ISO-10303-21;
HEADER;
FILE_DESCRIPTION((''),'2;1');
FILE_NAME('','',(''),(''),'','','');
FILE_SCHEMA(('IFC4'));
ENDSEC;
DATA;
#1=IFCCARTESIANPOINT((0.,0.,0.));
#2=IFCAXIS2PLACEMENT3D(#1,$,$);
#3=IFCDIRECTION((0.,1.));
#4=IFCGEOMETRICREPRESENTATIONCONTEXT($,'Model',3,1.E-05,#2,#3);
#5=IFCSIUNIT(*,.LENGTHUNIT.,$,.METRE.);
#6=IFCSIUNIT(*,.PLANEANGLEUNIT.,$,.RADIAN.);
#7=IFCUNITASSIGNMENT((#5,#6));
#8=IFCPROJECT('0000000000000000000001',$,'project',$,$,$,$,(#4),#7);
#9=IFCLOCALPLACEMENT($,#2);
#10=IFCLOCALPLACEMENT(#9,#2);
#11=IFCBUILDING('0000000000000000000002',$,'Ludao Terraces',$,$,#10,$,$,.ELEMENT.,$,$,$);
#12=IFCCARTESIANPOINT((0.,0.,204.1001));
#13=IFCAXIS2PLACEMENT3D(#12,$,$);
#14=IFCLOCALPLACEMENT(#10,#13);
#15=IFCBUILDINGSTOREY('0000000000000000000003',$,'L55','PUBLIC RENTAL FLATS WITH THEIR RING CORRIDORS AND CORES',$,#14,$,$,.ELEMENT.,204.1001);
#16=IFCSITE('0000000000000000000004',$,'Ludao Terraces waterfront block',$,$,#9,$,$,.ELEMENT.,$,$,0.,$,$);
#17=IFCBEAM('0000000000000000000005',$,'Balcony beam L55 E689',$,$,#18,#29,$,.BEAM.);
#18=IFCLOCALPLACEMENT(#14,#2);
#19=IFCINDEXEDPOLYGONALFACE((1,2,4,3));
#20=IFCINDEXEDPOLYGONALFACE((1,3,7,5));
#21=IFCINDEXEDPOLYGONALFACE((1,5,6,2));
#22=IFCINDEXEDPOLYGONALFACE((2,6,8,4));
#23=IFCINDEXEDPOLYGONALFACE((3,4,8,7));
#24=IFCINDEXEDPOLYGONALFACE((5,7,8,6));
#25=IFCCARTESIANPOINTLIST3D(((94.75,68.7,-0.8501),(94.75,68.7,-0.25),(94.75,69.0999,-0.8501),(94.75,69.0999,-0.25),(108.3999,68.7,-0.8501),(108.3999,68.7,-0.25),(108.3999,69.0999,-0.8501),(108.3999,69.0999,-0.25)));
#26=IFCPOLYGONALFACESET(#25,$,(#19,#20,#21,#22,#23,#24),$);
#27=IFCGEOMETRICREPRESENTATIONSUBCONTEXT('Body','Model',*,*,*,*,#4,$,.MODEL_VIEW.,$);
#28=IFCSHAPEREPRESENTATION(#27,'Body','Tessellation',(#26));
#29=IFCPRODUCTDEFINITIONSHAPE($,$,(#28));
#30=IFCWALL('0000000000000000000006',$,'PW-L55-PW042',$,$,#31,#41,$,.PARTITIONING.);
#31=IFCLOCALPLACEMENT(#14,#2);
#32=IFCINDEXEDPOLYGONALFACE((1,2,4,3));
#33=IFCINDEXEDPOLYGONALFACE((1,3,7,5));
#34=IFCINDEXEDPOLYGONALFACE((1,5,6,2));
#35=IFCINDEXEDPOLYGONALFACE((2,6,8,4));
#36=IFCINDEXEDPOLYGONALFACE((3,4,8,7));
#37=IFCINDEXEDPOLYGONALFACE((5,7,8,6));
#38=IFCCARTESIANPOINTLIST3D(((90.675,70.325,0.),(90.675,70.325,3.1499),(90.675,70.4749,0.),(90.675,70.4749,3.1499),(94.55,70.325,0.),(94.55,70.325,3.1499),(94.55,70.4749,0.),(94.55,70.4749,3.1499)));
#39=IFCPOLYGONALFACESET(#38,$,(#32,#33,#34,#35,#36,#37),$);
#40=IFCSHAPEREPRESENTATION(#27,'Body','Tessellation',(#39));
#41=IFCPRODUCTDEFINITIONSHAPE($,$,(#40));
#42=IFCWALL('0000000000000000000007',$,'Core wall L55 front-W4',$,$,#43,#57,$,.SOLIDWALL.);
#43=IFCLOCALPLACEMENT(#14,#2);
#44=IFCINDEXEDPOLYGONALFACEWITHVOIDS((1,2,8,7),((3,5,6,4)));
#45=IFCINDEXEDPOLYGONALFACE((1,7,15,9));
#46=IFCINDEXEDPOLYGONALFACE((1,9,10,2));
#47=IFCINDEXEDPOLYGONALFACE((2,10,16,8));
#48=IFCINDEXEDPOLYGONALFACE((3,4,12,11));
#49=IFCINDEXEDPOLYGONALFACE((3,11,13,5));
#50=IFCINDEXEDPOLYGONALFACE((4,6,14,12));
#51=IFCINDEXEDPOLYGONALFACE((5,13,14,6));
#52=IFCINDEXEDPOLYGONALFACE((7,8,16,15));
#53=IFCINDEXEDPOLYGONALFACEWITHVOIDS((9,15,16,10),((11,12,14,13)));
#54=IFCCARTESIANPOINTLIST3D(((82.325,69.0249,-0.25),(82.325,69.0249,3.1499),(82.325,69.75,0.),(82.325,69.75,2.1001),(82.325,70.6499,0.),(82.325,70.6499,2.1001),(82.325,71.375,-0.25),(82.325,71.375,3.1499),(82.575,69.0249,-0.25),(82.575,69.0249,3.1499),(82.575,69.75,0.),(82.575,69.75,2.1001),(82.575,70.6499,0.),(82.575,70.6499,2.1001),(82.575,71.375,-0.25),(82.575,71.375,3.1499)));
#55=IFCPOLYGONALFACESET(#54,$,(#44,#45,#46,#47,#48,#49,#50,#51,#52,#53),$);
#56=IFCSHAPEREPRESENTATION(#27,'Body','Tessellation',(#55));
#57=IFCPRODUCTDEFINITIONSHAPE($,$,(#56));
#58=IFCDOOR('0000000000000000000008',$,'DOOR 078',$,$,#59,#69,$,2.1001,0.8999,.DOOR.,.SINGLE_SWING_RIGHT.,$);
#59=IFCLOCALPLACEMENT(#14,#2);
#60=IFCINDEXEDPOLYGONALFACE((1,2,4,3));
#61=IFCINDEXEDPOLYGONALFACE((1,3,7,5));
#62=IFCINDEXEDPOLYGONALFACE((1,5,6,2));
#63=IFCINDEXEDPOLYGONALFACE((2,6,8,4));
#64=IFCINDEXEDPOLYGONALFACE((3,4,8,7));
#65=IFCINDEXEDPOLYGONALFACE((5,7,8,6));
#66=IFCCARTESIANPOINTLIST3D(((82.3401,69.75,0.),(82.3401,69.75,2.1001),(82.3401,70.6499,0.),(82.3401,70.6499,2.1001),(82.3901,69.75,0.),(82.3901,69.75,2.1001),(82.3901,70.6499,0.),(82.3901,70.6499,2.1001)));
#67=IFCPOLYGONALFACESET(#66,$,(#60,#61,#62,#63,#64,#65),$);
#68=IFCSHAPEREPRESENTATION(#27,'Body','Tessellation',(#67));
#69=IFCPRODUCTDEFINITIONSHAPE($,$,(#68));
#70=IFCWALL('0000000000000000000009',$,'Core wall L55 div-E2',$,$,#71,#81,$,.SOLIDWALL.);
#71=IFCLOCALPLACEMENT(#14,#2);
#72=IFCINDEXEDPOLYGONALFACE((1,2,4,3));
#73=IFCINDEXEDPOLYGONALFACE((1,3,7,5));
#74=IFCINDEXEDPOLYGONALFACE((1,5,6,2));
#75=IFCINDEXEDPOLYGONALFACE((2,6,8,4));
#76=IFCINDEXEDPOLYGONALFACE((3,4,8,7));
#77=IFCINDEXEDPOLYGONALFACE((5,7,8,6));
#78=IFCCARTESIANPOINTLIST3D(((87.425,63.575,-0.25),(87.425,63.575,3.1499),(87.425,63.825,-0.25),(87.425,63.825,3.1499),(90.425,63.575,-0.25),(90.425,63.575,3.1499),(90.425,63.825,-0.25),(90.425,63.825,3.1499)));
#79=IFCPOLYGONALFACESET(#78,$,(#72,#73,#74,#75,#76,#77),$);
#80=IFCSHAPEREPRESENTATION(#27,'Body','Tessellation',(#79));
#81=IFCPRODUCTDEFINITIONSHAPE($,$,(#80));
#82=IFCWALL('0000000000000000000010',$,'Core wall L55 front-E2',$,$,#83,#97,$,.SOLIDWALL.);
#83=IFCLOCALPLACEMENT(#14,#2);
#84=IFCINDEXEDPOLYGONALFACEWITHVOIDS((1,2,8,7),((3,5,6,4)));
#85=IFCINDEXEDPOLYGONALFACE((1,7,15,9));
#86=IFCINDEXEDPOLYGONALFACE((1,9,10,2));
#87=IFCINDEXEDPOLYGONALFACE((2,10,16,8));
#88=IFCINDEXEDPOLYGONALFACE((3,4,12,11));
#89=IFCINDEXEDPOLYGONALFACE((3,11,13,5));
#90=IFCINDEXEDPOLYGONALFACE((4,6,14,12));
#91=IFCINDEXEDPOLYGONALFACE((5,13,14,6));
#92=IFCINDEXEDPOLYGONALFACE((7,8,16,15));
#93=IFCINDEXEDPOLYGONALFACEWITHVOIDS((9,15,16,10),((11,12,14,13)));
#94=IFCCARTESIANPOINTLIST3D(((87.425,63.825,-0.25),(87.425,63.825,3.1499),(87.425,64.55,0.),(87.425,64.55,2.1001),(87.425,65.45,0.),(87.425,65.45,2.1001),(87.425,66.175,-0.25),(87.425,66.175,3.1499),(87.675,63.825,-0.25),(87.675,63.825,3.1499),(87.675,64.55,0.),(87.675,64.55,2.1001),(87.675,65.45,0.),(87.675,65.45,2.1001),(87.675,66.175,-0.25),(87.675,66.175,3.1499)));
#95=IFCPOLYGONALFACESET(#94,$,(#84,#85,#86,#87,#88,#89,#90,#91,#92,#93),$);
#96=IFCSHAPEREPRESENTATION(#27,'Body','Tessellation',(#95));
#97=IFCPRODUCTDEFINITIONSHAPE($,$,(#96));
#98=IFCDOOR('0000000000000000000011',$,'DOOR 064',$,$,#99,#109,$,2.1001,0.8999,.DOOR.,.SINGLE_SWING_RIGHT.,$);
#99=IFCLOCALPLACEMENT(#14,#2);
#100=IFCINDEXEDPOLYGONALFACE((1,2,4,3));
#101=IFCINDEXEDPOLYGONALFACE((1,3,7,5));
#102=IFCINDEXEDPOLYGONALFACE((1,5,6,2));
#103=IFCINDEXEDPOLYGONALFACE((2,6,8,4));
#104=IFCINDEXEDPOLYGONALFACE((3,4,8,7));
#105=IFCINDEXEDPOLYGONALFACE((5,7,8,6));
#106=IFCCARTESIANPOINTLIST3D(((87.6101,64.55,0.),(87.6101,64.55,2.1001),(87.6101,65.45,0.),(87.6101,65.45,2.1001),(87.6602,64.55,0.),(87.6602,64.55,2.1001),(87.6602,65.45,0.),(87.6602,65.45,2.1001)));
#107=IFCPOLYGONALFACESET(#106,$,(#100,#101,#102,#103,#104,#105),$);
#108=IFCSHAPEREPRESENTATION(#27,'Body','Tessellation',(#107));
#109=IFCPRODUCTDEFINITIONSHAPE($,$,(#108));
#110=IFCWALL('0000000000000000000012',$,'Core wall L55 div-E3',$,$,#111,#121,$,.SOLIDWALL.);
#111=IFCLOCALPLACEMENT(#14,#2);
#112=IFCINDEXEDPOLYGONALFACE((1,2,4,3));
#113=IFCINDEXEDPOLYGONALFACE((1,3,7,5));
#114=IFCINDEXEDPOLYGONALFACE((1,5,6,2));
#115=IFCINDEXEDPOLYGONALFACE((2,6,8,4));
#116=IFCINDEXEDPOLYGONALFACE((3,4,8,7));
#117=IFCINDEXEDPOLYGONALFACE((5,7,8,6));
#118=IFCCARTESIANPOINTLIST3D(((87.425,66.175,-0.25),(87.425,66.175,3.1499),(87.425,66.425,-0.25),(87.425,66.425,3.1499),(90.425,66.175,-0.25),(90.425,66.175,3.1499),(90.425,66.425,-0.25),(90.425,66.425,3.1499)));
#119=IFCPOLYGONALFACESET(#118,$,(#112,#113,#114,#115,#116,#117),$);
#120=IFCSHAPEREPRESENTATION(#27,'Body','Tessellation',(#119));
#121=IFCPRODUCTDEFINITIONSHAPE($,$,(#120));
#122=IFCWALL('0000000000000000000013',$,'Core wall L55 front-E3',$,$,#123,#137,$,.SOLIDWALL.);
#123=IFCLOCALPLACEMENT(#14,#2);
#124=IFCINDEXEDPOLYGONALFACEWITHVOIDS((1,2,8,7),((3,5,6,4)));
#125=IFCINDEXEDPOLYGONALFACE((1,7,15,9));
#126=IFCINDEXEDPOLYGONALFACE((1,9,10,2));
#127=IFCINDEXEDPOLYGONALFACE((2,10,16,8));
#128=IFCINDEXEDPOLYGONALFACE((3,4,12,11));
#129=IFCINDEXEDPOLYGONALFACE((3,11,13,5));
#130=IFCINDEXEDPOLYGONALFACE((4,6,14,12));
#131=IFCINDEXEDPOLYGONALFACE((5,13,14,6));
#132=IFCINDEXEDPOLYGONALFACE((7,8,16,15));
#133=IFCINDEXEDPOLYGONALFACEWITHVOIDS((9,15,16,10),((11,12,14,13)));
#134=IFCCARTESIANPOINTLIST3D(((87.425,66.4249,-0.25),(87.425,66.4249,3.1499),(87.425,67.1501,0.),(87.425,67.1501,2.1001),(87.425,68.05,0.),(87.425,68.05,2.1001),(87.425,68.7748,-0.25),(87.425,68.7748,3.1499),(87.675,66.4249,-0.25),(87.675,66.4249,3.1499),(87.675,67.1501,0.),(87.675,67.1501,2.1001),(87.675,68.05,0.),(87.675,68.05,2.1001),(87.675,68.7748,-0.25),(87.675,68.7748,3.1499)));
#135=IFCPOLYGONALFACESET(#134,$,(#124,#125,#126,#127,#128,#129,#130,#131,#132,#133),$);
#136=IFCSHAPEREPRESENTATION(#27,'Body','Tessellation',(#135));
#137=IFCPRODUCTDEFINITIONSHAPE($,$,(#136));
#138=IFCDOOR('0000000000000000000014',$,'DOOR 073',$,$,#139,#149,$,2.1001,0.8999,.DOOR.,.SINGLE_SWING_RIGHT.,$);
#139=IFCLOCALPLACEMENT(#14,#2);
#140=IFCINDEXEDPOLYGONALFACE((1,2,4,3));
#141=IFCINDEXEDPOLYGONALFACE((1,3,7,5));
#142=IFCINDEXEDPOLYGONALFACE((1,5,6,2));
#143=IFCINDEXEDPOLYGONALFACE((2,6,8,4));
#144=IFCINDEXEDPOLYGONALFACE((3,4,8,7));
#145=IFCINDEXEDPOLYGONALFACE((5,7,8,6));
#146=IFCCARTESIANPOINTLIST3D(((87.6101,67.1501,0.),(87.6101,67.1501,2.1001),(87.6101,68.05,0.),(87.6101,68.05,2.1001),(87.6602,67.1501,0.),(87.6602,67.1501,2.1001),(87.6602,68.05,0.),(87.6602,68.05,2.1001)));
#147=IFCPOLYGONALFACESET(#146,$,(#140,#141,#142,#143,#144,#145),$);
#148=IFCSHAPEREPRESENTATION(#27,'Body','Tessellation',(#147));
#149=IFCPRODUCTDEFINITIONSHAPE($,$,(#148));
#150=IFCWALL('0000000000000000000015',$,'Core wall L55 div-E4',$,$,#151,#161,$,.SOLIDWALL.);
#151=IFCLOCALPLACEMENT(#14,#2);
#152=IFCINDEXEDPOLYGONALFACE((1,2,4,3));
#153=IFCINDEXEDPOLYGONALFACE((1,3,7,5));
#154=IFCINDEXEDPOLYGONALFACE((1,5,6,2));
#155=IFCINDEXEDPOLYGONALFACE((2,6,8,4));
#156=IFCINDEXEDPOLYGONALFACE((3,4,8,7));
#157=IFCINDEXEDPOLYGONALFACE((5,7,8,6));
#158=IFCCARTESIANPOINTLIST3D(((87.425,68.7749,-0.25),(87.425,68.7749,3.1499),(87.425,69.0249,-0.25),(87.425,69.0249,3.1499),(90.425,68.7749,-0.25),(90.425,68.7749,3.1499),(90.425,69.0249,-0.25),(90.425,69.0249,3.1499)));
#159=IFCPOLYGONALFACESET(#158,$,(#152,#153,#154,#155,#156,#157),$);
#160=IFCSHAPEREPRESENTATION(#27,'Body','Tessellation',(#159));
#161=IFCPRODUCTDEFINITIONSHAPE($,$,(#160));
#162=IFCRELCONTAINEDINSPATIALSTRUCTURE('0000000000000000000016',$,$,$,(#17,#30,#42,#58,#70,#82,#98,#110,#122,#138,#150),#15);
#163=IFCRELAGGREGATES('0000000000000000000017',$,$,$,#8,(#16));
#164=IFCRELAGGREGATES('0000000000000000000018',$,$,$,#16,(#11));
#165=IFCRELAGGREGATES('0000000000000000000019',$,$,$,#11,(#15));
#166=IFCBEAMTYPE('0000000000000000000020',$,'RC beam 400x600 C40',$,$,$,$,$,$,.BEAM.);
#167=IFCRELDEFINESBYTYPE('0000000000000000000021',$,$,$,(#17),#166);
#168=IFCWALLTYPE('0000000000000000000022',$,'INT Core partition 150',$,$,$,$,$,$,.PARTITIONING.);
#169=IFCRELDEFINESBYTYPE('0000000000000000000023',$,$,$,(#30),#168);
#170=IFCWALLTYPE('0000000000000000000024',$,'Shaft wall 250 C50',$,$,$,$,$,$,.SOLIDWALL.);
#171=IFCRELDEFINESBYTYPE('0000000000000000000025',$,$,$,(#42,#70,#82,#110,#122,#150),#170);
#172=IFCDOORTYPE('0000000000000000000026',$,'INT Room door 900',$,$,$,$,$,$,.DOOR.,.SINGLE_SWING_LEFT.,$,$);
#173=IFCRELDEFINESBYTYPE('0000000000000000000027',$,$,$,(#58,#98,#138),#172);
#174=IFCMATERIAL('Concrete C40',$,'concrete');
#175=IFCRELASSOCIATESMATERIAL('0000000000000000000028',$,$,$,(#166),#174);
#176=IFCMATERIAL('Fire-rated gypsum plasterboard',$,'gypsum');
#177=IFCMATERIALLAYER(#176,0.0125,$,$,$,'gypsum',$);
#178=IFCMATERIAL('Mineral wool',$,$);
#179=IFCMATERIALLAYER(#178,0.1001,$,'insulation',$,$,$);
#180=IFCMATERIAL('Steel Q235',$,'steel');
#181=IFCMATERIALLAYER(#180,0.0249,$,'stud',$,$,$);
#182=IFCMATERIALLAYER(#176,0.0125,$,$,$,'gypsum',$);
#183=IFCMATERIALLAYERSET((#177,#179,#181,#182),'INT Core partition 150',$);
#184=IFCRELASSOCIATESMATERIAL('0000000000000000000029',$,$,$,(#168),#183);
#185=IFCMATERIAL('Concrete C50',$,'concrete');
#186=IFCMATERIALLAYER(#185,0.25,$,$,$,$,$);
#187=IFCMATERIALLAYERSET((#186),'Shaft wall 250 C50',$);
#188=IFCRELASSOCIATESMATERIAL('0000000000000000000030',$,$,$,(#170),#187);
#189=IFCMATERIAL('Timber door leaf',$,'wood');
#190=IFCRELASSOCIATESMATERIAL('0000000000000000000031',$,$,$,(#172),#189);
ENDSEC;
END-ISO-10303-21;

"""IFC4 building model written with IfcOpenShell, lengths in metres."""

from ifc_helpers import new_model, si_unit, direction, frame, frame_2d, origin, origin_2d, place, context, subcontext, project, spatial, rectangle, extrude, material, layer, layer_set, material_profile, profile_set, type_object, element, fill, save


model = new_model("IFC4")

# Units and contexts
model_context = context("Model", 3, precision=1e-05, world=origin(), true_north=direction((0.0, 1.0)))
body_context = subcontext(model_context, "Body", "Model", "MODEL_VIEW")
ifc_project = project(units=[si_unit("LENGTHUNIT", "METRE"), si_unit("PLANEANGLEUNIT", "RADIAN")], contexts=[model_context])

# Site, building, storey
site_placement = place(None, origin())
site = spatial("IfcSite", under=ifc_project, at=site_placement, Name="Ludao Terraces waterfront block", CompositionType="ELEMENT", RefElevation=0.0)
building_placement = place(site_placement, origin())
building = spatial("IfcBuilding", under=site, at=building_placement, Name="Ludao Terraces", CompositionType="ELEMENT")
storey_placement = place(building_placement, frame((0.0, 0.0, 204.1001)))
storey = spatial("IfcBuildingStorey", under=building, at=storey_placement, Name="L55", Description="PUBLIC RENTAL FLATS WITH THEIR RING CORRIDORS AND CORES", CompositionType="ELEMENT", Elevation=204.1001)

# Beam
ifc_material_1 = material(Name="Concrete C40", Category="concrete")
ifc_material_profile = material_profile(ifc_material_1, rectangle(XDim=0.3999, YDim=0.6001, at=origin_2d()), Name="400 X 600")
ifc_profile_set = profile_set([ifc_material_profile], Name="Concrete C40")
beam_type = type_object("IfcBeamType", Name="RC beam 400x600 C40", PredefinedType="BEAM", material=ifc_profile_set)
beam_placement = place(storey_placement, frame((94.75, 68.8999, -0.55), z_axis=(1.0, 0.0, 0.0), x_axis=(0.0, 1.0, 0.0)))
element("IfcBeam", 1, at=beam_placement, inside=storey, type_object=beam_type, Name="Balcony beam L55 E689", PredefinedType="BEAM", context=body_context, shape_type="SweptSolid", body=[
    extrude(rectangle(XDim=0.3999, YDim=0.6001, at=origin_2d()), origin(), (0.0, 0.0, 1.0), 13.6499),
])

# Wall
ifc_material_2 = material(Name="Fire-rated gypsum plasterboard", Category="gypsum")
ifc_layer_1 = layer(ifc_material_2, 0.0125, Category="gypsum")
ifc_material_3 = material(Name="Mineral wool")
ifc_layer_2 = layer(ifc_material_3, 0.1001, Name="insulation")
ifc_material_4 = material(Name="Steel Q235", Category="steel")
ifc_layer_3 = layer(ifc_material_4, 0.0249, Name="stud")
ifc_layer_4 = layer(ifc_material_2, 0.0125, Category="gypsum")
ifc_layer_set_1 = layer_set([ifc_layer_1, ifc_layer_2, ifc_layer_3, ifc_layer_4], Name="INT Core partition 150")
wall_type_1 = type_object("IfcWallType", Name="INT Core partition 150", PredefinedType="PARTITIONING", material=ifc_layer_set_1)
wall_1_placement = place(storey_placement, frame((90.675, 70.3999, 0.0), z_axis=(0.0, 0.0, 1.0), x_axis=(1.0, 0.0, 0.0)))
element("IfcWall", 2, at=wall_1_placement, inside=storey, type_object=wall_type_1, Name="PW-L55-PW042", PredefinedType="PARTITIONING", context=body_context, shape_type="SweptSolid", body=[
    extrude(rectangle(XDim=3.875, YDim=0.1499, at=frame_2d((1.9375, 0.0))), origin(), (0.0, 0.0, 1.0), 3.1499),
])

# Wall, opening, door
ifc_material_5 = material(Name="Concrete C50", Category="concrete")
ifc_layer_5 = layer(ifc_material_5, 0.25)
ifc_layer_set_2 = layer_set([ifc_layer_5], Name="Shaft wall 250 C50")
wall_type_2 = type_object("IfcWallType", Name="Shaft wall 250 C50", PredefinedType="SOLIDWALL", material=ifc_layer_set_2)
wall_2_placement = place(storey_placement, frame((82.45, 69.0249, -0.25), z_axis=(0.0, 0.0, 1.0), x_axis=(0.0, 1.0, 0.0)))
wall_2 = element("IfcWall", 3, at=wall_2_placement, inside=storey, type_object=wall_type_2, Name="Core wall L55 front-W4", PredefinedType="SOLIDWALL", context=body_context, shape_type="SweptSolid", body=[
    extrude(rectangle(XDim=2.3501, YDim=0.25, at=frame_2d((1.175, 0.0))), origin(), (0.0, 0.0, 1.0), 3.3999),
])
opening_1_placement = place(wall_2_placement, frame((0.7251, 0.0, 0.25)))
opening_1 = element("IfcOpeningElement", 4, at=opening_1_placement, cuts=wall_2, PredefinedType="OPENING", context=body_context, shape_type="SweptSolid", body=[
    extrude(rectangle(XDim=0.8999, YDim=2.1001, at=frame_2d((0.45, 1.05))), frame((0.0, 0.135, 0.0), z_axis=(0.0, -1.0, 0.0), x_axis=(1.0, 0.0, 0.0)), (0.0, 0.0, 1.0), 0.27),
])
ifc_material_6 = material(Name="Timber door leaf", Category="wood")
door_type = type_object("IfcDoorType", Name="INT Room door 900", OperationType="SINGLE_SWING_LEFT", PredefinedType="DOOR", material=ifc_material_6)
door_1_placement = place(opening_1_placement, origin())
door_1 = element("IfcDoor", 5, at=door_1_placement, inside=storey, type_object=door_type, Name="DOOR 078", OperationType="SINGLE_SWING_RIGHT", OverallHeight=2.1001, OverallWidth=0.8999, PredefinedType="DOOR", context=body_context, shape_type="SweptSolid", body=[
    extrude(rectangle(XDim=0.8999, YDim=2.1001, at=frame_2d((0.45, 1.05))), frame((0.0, 0.1099, 0.0), z_axis=(0.0, -1.0, 0.0), x_axis=(1.0, 0.0, 0.0)), (0.0, 0.0, 1.0), 0.05),
])
fill(opening_1, door_1)

# Wall
wall_3_placement = place(storey_placement, frame((87.425, 63.7, -0.25), z_axis=(0.0, 0.0, 1.0), x_axis=(1.0, 0.0, 0.0)))
element("IfcWall", 6, at=wall_3_placement, inside=storey, type_object=wall_type_2, Name="Core wall L55 div-E2", PredefinedType="SOLIDWALL", context=body_context, shape_type="SweptSolid", body=[
    extrude(rectangle(XDim=3.0, YDim=0.25, at=frame_2d((1.5, 0.0))), origin(), (0.0, 0.0, 1.0), 3.3999),
])

# Wall, opening, door
wall_4_placement = place(storey_placement, frame((87.55, 63.825, -0.25), z_axis=(0.0, 0.0, 1.0), x_axis=(0.0, 1.0, 0.0)))
wall_4 = element("IfcWall", 7, at=wall_4_placement, inside=storey, type_object=wall_type_2, Name="Core wall L55 front-E2", PredefinedType="SOLIDWALL", context=body_context, shape_type="SweptSolid", body=[
    extrude(rectangle(XDim=2.3501, YDim=0.25, at=frame_2d((1.175, 0.0))), origin(), (0.0, 0.0, 1.0), 3.3999),
])
opening_2_placement = place(wall_4_placement, frame((0.7251, 0.0, 0.25)))
opening_2 = element("IfcOpeningElement", 8, at=opening_2_placement, cuts=wall_4, PredefinedType="OPENING", context=body_context, shape_type="SweptSolid", body=[
    extrude(rectangle(XDim=0.8999, YDim=2.1001, at=frame_2d((0.45, 1.05))), frame((0.0, 0.135, 0.0), z_axis=(0.0, -1.0, 0.0), x_axis=(1.0, 0.0, 0.0)), (0.0, 0.0, 1.0), 0.27),
])
door_2_placement = place(opening_2_placement, origin())
door_2 = element("IfcDoor", 9, at=door_2_placement, inside=storey, type_object=door_type, Name="DOOR 064", OperationType="SINGLE_SWING_RIGHT", OverallHeight=2.1001, OverallWidth=0.8999, PredefinedType="DOOR", context=body_context, shape_type="SweptSolid", body=[
    extrude(rectangle(XDim=0.8999, YDim=2.1001, at=frame_2d((0.45, 1.05))), frame((0.0, -0.0601, 0.0), z_axis=(0.0, -1.0, 0.0), x_axis=(1.0, 0.0, 0.0)), (0.0, 0.0, 1.0), 0.05),
])
fill(opening_2, door_2)

# Wall
wall_5_placement = place(storey_placement, frame((87.425, 66.3, -0.25), z_axis=(0.0, 0.0, 1.0), x_axis=(1.0, 0.0, 0.0)))
element("IfcWall", 10, at=wall_5_placement, inside=storey, type_object=wall_type_2, Name="Core wall L55 div-E3", PredefinedType="SOLIDWALL", context=body_context, shape_type="SweptSolid", body=[
    extrude(rectangle(XDim=3.0, YDim=0.25, at=frame_2d((1.5, 0.0))), origin(), (0.0, 0.0, 1.0), 3.3999),
])

# Wall, opening, door
wall_6_placement = place(storey_placement, frame((87.55, 66.425, -0.25), z_axis=(0.0, 0.0, 1.0), x_axis=(0.0, 1.0, 0.0)))
wall_6 = element("IfcWall", 11, at=wall_6_placement, inside=storey, type_object=wall_type_2, Name="Core wall L55 front-E3", PredefinedType="SOLIDWALL", context=body_context, shape_type="SweptSolid", body=[
    extrude(rectangle(XDim=2.3499, YDim=0.25, at=frame_2d((1.1748, 0.0))), origin(), (0.0, 0.0, 1.0), 3.3999),
])
opening_3_placement = place(wall_6_placement, frame((0.7251, 0.0, 0.25)))
opening_3 = element("IfcOpeningElement", 12, at=opening_3_placement, cuts=wall_6, PredefinedType="OPENING", context=body_context, shape_type="SweptSolid", body=[
    extrude(rectangle(XDim=0.8999, YDim=2.1001, at=frame_2d((0.45, 1.05))), frame((0.0, 0.135, 0.0), z_axis=(0.0, -1.0, 0.0), x_axis=(1.0, 0.0, 0.0)), (0.0, 0.0, 1.0), 0.27),
])
door_3_placement = place(opening_3_placement, origin())
door_3 = element("IfcDoor", 13, at=door_3_placement, inside=storey, type_object=door_type, Name="DOOR 073", OperationType="SINGLE_SWING_RIGHT", OverallHeight=2.1001, OverallWidth=0.8999, PredefinedType="DOOR", context=body_context, shape_type="SweptSolid", body=[
    extrude(rectangle(XDim=0.8999, YDim=2.1001, at=frame_2d((0.45, 1.05))), frame((0.0, -0.0601, 0.0), z_axis=(0.0, -1.0, 0.0), x_axis=(1.0, 0.0, 0.0)), (0.0, 0.0, 1.0), 0.05),
])
fill(opening_3, door_3)

# Wall
wall_7_placement = place(storey_placement, frame((87.425, 68.8999, -0.25), z_axis=(0.0, 0.0, 1.0), x_axis=(1.0, 0.0, 0.0)))
element("IfcWall", 14, at=wall_7_placement, inside=storey, type_object=wall_type_2, Name="Core wall L55 div-E4", PredefinedType="SOLIDWALL", context=body_context, shape_type="SweptSolid", body=[
    extrude(rectangle(XDim=3.0, YDim=0.25, at=frame_2d((1.5, 0.0))), origin(), (0.0, 0.0, 1.0), 3.3999),
])

save(model, "model.ifc")
